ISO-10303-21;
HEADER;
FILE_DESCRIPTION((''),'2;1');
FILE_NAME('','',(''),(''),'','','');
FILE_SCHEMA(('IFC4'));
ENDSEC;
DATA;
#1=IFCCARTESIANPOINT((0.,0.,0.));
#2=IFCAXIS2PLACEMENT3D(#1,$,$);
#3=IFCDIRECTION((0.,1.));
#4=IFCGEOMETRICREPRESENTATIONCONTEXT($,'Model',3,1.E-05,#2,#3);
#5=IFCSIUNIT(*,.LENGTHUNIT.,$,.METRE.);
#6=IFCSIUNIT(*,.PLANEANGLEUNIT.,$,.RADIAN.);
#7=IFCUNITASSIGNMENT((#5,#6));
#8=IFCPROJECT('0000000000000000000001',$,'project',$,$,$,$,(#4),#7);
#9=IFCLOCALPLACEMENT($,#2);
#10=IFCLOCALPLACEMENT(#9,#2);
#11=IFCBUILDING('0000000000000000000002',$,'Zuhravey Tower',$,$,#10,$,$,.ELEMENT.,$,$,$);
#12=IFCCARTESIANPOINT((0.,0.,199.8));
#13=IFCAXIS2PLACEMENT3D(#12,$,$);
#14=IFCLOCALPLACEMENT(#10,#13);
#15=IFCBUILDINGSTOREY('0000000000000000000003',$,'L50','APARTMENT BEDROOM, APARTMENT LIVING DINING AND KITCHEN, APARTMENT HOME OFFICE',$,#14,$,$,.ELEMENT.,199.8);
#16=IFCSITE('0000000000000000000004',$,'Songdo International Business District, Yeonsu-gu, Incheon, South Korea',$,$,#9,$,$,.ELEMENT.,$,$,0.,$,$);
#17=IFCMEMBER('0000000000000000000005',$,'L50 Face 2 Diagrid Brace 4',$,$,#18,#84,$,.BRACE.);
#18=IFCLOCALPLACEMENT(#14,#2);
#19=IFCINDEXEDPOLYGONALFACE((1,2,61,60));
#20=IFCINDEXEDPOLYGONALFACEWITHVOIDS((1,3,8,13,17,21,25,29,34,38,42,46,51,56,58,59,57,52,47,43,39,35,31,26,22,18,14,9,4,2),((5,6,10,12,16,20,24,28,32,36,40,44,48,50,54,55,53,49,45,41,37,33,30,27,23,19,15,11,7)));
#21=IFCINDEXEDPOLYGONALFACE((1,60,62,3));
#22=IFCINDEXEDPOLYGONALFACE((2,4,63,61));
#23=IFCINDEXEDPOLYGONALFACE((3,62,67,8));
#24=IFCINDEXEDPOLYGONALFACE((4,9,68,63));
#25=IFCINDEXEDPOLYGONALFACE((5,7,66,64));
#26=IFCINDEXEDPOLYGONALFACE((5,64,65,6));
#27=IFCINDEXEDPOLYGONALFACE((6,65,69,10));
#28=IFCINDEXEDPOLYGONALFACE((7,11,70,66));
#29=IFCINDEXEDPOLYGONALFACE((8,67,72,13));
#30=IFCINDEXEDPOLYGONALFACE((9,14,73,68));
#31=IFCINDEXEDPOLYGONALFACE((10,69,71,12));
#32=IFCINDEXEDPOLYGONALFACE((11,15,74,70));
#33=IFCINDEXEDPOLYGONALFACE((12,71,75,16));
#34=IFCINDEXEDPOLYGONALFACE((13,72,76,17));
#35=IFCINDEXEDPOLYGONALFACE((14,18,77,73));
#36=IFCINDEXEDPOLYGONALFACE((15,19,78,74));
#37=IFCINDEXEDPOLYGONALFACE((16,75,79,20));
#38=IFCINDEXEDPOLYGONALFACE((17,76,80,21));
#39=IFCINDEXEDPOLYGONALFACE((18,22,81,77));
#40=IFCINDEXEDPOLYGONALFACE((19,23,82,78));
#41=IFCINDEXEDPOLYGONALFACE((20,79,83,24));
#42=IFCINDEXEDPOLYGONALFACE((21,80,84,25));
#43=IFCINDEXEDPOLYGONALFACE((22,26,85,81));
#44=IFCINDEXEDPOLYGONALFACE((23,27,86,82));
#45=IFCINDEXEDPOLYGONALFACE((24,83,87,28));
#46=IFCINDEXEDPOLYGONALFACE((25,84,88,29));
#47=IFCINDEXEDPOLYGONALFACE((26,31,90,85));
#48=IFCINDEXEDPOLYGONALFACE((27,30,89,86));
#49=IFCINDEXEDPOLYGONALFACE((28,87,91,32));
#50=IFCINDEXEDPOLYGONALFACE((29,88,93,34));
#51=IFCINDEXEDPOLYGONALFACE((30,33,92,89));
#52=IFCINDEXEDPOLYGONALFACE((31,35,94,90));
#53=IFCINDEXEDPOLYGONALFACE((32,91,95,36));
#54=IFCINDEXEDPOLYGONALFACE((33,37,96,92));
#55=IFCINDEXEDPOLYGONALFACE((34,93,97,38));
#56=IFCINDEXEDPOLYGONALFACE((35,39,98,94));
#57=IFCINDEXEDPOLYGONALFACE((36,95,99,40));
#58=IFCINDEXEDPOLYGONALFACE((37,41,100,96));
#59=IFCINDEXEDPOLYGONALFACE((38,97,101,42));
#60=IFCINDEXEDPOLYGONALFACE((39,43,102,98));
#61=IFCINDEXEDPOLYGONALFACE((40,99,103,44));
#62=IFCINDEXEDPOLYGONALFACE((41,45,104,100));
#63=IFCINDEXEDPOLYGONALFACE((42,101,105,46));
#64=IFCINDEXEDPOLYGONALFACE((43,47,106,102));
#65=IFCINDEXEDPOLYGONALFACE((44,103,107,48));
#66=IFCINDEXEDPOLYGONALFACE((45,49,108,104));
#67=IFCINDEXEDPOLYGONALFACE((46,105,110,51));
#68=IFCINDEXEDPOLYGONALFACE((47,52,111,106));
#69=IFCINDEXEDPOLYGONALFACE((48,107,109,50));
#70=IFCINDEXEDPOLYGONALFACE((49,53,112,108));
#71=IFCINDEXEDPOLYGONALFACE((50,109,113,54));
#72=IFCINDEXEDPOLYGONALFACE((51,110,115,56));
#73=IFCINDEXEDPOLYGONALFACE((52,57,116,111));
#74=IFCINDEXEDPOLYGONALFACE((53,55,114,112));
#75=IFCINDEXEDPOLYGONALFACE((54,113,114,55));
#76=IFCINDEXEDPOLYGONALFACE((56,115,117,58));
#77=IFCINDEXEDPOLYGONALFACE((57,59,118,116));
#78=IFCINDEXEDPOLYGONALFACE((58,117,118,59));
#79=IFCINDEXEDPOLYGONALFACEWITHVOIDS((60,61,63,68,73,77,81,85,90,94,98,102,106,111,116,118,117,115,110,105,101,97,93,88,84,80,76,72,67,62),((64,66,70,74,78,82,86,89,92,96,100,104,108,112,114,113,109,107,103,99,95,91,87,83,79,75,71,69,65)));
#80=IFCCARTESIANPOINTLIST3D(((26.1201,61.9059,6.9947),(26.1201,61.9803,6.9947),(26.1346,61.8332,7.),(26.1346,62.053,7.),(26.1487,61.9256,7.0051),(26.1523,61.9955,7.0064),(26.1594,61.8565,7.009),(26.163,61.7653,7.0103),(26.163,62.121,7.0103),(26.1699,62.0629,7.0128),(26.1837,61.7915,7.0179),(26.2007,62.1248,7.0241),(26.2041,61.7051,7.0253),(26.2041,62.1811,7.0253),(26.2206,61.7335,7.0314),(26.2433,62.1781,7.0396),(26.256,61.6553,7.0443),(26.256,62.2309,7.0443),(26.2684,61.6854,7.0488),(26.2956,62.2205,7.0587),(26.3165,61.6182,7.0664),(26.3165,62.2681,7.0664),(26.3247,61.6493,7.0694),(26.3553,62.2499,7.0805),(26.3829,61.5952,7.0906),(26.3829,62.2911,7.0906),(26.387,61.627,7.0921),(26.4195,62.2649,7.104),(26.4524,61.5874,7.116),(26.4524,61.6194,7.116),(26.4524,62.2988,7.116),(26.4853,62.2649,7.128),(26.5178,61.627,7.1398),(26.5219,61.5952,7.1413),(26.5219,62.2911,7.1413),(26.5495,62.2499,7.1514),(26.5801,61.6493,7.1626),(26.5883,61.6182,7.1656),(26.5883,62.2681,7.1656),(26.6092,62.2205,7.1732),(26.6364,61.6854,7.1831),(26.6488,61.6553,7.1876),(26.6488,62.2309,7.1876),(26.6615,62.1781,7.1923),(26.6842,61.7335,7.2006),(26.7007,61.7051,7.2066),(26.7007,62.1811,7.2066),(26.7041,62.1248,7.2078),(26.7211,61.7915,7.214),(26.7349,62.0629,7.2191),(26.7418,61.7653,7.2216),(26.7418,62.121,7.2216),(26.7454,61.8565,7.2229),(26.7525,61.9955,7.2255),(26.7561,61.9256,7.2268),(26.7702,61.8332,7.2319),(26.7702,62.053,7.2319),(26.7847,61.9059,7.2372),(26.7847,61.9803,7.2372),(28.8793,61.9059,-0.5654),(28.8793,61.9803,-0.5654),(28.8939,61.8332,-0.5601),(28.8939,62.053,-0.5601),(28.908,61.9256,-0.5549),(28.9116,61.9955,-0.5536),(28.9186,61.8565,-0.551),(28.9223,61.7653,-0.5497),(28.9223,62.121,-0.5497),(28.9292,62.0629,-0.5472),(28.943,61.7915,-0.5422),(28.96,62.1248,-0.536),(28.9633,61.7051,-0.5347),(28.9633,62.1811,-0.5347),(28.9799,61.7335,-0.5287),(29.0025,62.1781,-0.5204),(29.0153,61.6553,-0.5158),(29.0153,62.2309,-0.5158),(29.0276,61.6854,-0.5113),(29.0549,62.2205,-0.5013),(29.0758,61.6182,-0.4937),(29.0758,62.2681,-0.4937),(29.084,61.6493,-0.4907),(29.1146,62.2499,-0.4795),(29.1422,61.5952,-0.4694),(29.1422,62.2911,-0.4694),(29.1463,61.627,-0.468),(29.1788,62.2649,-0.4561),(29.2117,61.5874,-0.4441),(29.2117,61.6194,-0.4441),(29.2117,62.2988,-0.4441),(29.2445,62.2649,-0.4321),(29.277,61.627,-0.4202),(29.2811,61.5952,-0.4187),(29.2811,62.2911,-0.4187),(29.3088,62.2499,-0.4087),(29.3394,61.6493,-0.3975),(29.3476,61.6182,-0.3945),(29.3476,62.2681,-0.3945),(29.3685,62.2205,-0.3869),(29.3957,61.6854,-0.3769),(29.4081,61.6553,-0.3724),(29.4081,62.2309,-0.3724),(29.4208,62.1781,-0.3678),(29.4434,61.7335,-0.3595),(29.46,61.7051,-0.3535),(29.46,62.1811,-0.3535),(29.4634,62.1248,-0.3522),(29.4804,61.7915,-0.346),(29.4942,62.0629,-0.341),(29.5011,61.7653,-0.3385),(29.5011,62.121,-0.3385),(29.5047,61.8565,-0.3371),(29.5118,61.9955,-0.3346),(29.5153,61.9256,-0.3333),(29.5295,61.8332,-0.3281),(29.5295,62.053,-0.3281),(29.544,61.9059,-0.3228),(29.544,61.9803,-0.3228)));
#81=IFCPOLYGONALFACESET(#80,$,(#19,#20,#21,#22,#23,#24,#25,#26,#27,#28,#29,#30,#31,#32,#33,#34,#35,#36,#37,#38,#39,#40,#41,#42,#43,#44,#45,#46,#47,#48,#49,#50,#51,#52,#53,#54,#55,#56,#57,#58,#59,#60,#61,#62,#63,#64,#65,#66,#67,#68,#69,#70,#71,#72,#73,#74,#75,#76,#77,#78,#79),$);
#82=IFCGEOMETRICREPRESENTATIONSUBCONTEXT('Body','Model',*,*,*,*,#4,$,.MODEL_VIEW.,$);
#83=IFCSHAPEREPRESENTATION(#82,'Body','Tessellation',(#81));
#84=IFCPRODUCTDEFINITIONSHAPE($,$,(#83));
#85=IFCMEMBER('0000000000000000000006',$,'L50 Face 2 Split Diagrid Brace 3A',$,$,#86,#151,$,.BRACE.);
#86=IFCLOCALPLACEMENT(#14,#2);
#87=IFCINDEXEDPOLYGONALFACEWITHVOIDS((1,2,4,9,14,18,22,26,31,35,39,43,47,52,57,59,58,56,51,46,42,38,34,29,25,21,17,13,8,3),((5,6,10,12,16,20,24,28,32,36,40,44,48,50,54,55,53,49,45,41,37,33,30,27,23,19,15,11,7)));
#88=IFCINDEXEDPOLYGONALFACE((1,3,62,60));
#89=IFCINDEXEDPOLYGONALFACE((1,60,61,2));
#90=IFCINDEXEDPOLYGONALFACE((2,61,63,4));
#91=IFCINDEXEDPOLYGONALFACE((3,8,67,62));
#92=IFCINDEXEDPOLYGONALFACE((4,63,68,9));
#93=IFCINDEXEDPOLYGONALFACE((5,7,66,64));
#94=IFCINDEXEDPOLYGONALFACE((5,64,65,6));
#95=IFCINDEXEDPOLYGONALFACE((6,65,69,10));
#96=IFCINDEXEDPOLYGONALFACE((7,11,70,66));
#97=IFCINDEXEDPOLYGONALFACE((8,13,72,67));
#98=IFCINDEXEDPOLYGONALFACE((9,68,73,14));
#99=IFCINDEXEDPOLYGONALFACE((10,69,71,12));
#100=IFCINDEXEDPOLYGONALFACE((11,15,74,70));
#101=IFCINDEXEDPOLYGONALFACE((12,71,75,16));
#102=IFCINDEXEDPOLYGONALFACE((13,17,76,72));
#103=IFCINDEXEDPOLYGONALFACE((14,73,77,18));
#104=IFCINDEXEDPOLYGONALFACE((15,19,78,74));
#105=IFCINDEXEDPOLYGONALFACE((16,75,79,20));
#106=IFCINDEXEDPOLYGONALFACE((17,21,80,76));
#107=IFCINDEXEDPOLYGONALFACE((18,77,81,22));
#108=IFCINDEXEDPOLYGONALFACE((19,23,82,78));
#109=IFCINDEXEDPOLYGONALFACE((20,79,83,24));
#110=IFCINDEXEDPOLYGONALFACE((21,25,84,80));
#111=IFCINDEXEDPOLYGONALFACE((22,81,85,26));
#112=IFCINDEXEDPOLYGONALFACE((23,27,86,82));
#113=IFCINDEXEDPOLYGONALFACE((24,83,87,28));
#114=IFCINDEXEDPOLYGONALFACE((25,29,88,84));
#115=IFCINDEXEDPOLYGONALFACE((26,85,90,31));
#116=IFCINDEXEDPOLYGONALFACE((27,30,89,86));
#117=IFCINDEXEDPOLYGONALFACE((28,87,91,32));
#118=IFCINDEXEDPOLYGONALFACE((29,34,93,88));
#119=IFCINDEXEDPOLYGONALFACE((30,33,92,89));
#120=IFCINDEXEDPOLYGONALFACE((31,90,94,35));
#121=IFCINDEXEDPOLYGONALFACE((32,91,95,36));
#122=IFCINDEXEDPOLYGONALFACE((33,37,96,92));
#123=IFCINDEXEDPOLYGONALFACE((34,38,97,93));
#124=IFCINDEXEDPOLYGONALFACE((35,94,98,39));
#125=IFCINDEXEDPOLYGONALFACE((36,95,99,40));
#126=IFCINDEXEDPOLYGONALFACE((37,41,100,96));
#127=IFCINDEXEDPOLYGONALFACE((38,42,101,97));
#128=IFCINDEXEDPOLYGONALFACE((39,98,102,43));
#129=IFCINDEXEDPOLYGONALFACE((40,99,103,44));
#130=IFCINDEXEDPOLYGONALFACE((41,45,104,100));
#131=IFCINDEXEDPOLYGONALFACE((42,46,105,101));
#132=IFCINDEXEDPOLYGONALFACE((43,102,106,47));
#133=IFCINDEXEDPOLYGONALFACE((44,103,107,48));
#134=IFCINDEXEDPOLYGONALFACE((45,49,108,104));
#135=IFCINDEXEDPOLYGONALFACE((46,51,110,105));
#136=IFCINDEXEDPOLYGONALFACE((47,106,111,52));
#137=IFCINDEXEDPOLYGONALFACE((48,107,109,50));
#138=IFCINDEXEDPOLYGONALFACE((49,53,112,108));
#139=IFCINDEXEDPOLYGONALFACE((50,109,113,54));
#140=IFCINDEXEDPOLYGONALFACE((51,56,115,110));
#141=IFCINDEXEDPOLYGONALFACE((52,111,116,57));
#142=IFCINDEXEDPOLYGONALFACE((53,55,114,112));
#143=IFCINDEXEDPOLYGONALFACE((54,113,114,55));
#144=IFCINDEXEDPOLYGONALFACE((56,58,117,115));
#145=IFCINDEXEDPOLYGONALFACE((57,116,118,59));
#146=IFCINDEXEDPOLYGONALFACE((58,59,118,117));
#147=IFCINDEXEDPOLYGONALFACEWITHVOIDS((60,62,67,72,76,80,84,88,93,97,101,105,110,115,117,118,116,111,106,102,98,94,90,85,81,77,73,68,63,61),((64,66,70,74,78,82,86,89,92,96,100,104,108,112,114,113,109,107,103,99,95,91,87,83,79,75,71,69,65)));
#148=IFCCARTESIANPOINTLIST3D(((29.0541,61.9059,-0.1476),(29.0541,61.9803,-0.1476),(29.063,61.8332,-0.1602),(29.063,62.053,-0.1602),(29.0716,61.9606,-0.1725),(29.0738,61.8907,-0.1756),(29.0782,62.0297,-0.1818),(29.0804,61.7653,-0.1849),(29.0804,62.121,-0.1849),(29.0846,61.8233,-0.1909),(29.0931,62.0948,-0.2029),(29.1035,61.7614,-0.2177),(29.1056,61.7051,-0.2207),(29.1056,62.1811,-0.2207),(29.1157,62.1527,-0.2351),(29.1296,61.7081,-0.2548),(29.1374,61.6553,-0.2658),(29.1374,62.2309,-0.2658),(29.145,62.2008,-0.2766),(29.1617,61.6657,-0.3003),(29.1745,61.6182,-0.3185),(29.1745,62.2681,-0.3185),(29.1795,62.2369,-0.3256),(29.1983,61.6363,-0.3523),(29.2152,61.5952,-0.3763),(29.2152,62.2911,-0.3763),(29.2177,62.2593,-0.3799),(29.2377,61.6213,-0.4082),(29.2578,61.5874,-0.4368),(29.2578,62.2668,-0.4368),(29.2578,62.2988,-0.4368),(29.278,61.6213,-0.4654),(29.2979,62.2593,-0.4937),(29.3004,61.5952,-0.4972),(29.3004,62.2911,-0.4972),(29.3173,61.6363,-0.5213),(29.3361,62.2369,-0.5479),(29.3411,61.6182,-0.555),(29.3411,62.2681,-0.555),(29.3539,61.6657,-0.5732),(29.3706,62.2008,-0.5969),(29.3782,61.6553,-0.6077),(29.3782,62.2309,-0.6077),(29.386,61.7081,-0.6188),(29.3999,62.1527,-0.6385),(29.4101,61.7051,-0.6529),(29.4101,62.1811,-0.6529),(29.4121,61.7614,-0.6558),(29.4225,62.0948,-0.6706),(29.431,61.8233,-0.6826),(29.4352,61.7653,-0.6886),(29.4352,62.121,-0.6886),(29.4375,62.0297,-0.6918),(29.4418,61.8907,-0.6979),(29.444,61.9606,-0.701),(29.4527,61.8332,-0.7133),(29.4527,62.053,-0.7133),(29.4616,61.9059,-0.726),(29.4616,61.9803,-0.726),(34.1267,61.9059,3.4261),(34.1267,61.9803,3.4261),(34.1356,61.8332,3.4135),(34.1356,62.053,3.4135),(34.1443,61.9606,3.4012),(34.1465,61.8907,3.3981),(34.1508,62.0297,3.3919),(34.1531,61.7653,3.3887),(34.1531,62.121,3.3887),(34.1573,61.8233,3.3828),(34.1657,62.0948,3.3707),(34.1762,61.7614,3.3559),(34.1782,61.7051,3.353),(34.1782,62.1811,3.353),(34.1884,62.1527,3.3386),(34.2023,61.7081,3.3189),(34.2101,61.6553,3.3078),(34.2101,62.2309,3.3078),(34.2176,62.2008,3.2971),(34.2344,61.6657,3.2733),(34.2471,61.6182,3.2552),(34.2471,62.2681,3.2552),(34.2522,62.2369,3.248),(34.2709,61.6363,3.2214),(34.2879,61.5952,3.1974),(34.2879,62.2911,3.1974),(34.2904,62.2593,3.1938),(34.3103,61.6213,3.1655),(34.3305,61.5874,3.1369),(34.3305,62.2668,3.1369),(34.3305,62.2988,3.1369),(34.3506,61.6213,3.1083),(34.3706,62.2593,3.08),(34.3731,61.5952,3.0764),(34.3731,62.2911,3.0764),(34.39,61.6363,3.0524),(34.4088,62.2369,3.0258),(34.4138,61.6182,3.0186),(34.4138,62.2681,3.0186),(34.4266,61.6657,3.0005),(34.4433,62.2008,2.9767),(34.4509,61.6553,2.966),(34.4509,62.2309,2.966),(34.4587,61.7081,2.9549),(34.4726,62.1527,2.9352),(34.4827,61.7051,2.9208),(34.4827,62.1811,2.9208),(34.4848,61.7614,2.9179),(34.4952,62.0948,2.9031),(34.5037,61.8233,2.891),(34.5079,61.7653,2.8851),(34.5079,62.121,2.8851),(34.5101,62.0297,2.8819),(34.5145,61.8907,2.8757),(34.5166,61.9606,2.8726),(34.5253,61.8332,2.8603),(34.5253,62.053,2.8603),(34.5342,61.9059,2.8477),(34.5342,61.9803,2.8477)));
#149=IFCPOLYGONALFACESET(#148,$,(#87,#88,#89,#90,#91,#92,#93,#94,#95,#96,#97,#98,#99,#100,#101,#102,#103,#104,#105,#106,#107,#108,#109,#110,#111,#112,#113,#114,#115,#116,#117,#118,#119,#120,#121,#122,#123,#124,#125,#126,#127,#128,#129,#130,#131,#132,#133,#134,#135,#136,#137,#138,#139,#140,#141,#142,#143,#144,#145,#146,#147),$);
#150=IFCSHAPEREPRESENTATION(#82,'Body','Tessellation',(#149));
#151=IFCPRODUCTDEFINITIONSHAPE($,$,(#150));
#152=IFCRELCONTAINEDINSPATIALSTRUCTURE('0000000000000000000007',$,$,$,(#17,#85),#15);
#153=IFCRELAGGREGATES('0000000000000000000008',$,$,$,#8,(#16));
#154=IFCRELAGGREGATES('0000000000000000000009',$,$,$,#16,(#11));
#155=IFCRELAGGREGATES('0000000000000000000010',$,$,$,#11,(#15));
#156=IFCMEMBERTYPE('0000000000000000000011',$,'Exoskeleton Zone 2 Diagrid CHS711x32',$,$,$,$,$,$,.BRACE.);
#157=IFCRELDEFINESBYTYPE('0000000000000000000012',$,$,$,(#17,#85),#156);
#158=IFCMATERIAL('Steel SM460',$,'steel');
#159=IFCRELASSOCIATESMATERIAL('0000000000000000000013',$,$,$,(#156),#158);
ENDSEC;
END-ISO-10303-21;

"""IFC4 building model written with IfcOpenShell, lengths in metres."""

from ifc_helpers import new_model, si_unit, direction, frame, origin, origin_2d, place, context, subcontext, project, spatial, hollow_circle, extrude, material, material_profile, profile_set, type_object, element, save


model = new_model("IFC4")

# Units and contexts
model_context = context("Model", 3, precision=1e-05, world=origin(), true_north=direction((0.0, 1.0)))
body_context = subcontext(model_context, "Body", "Model", "MODEL_VIEW")
ifc_project = project(units=[si_unit("LENGTHUNIT", "METRE"), si_unit("PLANEANGLEUNIT", "RADIAN")], contexts=[model_context])

# Site, building, storey
site_placement = place(None, origin())
site = spatial("IfcSite", under=ifc_project, at=site_placement, Name="Songdo International Business District, Yeonsu-gu, Incheon, South Korea", CompositionType="ELEMENT", RefElevation=0.0)
building_placement = place(site_placement, origin())
building = spatial("IfcBuilding", under=site, at=building_placement, Name="Zuhravey Tower", CompositionType="ELEMENT")
storey_placement = place(building_placement, frame((0.0, 0.0, 199.8)))
storey = spatial("IfcBuildingStorey", under=building, at=storey_placement, Name="L50", Description="APARTMENT BEDROOM, APARTMENT LIVING DINING AND KITCHEN, APARTMENT HOME OFFICE", CompositionType="ELEMENT", Elevation=199.8)

# Members
ifc_material_1 = material(Name="Steel SM460", Category="steel")
ifc_material_profile_1 = material_profile(ifc_material_1, hollow_circle(Radius=0.3557, WallThickness=0.032, at=origin_2d()), Name="CHS-711.2x32")
ifc_profile_set_1 = profile_set([ifc_material_profile_1], Name="Steel SM460")
member_type_1 = type_object("IfcMemberType", Name="Exoskeleton Zone 2 Diagrid CHS711x32", PredefinedType="BRACE", material=ifc_profile_set_1)
member_1_placement = place(storey_placement, frame((29.2117, 61.9431, -0.4441), z_axis=(-0.342858, 0.0, 0.939387), x_axis=(0.0, -1.0, 0.0)))
element("IfcMember", 1, at=member_1_placement, inside=storey, type_object=member_type_1, Name="L50 Face 2 Diagrid Brace 4", PredefinedType="BRACE", context=body_context, shape_type="SweptSolid", body=[
    extrude(hollow_circle(Radius=0.3557, WallThickness=0.032, at=origin_2d()), origin(), (0.0, 0.0, 1.0), 8.0479),
])
member_2_placement = place(storey_placement, frame((29.2578, 61.9431, -0.4368), z_axis=(0.817502, 0.0, 0.575926), x_axis=(0.0, 1.0, 0.0)))
element("IfcMember", 2, at=member_2_placement, inside=storey, type_object=member_type_1, Name="L50 Face 2 Split Diagrid Brace 3A", PredefinedType="BRACE", context=body_context, shape_type="SweptSolid", body=[
    extrude(hollow_circle(Radius=0.3557, WallThickness=0.032, at=origin_2d()), origin(), (0.0, 0.0, 1.0), 6.2051),
])

save(model, "model.ifc")
